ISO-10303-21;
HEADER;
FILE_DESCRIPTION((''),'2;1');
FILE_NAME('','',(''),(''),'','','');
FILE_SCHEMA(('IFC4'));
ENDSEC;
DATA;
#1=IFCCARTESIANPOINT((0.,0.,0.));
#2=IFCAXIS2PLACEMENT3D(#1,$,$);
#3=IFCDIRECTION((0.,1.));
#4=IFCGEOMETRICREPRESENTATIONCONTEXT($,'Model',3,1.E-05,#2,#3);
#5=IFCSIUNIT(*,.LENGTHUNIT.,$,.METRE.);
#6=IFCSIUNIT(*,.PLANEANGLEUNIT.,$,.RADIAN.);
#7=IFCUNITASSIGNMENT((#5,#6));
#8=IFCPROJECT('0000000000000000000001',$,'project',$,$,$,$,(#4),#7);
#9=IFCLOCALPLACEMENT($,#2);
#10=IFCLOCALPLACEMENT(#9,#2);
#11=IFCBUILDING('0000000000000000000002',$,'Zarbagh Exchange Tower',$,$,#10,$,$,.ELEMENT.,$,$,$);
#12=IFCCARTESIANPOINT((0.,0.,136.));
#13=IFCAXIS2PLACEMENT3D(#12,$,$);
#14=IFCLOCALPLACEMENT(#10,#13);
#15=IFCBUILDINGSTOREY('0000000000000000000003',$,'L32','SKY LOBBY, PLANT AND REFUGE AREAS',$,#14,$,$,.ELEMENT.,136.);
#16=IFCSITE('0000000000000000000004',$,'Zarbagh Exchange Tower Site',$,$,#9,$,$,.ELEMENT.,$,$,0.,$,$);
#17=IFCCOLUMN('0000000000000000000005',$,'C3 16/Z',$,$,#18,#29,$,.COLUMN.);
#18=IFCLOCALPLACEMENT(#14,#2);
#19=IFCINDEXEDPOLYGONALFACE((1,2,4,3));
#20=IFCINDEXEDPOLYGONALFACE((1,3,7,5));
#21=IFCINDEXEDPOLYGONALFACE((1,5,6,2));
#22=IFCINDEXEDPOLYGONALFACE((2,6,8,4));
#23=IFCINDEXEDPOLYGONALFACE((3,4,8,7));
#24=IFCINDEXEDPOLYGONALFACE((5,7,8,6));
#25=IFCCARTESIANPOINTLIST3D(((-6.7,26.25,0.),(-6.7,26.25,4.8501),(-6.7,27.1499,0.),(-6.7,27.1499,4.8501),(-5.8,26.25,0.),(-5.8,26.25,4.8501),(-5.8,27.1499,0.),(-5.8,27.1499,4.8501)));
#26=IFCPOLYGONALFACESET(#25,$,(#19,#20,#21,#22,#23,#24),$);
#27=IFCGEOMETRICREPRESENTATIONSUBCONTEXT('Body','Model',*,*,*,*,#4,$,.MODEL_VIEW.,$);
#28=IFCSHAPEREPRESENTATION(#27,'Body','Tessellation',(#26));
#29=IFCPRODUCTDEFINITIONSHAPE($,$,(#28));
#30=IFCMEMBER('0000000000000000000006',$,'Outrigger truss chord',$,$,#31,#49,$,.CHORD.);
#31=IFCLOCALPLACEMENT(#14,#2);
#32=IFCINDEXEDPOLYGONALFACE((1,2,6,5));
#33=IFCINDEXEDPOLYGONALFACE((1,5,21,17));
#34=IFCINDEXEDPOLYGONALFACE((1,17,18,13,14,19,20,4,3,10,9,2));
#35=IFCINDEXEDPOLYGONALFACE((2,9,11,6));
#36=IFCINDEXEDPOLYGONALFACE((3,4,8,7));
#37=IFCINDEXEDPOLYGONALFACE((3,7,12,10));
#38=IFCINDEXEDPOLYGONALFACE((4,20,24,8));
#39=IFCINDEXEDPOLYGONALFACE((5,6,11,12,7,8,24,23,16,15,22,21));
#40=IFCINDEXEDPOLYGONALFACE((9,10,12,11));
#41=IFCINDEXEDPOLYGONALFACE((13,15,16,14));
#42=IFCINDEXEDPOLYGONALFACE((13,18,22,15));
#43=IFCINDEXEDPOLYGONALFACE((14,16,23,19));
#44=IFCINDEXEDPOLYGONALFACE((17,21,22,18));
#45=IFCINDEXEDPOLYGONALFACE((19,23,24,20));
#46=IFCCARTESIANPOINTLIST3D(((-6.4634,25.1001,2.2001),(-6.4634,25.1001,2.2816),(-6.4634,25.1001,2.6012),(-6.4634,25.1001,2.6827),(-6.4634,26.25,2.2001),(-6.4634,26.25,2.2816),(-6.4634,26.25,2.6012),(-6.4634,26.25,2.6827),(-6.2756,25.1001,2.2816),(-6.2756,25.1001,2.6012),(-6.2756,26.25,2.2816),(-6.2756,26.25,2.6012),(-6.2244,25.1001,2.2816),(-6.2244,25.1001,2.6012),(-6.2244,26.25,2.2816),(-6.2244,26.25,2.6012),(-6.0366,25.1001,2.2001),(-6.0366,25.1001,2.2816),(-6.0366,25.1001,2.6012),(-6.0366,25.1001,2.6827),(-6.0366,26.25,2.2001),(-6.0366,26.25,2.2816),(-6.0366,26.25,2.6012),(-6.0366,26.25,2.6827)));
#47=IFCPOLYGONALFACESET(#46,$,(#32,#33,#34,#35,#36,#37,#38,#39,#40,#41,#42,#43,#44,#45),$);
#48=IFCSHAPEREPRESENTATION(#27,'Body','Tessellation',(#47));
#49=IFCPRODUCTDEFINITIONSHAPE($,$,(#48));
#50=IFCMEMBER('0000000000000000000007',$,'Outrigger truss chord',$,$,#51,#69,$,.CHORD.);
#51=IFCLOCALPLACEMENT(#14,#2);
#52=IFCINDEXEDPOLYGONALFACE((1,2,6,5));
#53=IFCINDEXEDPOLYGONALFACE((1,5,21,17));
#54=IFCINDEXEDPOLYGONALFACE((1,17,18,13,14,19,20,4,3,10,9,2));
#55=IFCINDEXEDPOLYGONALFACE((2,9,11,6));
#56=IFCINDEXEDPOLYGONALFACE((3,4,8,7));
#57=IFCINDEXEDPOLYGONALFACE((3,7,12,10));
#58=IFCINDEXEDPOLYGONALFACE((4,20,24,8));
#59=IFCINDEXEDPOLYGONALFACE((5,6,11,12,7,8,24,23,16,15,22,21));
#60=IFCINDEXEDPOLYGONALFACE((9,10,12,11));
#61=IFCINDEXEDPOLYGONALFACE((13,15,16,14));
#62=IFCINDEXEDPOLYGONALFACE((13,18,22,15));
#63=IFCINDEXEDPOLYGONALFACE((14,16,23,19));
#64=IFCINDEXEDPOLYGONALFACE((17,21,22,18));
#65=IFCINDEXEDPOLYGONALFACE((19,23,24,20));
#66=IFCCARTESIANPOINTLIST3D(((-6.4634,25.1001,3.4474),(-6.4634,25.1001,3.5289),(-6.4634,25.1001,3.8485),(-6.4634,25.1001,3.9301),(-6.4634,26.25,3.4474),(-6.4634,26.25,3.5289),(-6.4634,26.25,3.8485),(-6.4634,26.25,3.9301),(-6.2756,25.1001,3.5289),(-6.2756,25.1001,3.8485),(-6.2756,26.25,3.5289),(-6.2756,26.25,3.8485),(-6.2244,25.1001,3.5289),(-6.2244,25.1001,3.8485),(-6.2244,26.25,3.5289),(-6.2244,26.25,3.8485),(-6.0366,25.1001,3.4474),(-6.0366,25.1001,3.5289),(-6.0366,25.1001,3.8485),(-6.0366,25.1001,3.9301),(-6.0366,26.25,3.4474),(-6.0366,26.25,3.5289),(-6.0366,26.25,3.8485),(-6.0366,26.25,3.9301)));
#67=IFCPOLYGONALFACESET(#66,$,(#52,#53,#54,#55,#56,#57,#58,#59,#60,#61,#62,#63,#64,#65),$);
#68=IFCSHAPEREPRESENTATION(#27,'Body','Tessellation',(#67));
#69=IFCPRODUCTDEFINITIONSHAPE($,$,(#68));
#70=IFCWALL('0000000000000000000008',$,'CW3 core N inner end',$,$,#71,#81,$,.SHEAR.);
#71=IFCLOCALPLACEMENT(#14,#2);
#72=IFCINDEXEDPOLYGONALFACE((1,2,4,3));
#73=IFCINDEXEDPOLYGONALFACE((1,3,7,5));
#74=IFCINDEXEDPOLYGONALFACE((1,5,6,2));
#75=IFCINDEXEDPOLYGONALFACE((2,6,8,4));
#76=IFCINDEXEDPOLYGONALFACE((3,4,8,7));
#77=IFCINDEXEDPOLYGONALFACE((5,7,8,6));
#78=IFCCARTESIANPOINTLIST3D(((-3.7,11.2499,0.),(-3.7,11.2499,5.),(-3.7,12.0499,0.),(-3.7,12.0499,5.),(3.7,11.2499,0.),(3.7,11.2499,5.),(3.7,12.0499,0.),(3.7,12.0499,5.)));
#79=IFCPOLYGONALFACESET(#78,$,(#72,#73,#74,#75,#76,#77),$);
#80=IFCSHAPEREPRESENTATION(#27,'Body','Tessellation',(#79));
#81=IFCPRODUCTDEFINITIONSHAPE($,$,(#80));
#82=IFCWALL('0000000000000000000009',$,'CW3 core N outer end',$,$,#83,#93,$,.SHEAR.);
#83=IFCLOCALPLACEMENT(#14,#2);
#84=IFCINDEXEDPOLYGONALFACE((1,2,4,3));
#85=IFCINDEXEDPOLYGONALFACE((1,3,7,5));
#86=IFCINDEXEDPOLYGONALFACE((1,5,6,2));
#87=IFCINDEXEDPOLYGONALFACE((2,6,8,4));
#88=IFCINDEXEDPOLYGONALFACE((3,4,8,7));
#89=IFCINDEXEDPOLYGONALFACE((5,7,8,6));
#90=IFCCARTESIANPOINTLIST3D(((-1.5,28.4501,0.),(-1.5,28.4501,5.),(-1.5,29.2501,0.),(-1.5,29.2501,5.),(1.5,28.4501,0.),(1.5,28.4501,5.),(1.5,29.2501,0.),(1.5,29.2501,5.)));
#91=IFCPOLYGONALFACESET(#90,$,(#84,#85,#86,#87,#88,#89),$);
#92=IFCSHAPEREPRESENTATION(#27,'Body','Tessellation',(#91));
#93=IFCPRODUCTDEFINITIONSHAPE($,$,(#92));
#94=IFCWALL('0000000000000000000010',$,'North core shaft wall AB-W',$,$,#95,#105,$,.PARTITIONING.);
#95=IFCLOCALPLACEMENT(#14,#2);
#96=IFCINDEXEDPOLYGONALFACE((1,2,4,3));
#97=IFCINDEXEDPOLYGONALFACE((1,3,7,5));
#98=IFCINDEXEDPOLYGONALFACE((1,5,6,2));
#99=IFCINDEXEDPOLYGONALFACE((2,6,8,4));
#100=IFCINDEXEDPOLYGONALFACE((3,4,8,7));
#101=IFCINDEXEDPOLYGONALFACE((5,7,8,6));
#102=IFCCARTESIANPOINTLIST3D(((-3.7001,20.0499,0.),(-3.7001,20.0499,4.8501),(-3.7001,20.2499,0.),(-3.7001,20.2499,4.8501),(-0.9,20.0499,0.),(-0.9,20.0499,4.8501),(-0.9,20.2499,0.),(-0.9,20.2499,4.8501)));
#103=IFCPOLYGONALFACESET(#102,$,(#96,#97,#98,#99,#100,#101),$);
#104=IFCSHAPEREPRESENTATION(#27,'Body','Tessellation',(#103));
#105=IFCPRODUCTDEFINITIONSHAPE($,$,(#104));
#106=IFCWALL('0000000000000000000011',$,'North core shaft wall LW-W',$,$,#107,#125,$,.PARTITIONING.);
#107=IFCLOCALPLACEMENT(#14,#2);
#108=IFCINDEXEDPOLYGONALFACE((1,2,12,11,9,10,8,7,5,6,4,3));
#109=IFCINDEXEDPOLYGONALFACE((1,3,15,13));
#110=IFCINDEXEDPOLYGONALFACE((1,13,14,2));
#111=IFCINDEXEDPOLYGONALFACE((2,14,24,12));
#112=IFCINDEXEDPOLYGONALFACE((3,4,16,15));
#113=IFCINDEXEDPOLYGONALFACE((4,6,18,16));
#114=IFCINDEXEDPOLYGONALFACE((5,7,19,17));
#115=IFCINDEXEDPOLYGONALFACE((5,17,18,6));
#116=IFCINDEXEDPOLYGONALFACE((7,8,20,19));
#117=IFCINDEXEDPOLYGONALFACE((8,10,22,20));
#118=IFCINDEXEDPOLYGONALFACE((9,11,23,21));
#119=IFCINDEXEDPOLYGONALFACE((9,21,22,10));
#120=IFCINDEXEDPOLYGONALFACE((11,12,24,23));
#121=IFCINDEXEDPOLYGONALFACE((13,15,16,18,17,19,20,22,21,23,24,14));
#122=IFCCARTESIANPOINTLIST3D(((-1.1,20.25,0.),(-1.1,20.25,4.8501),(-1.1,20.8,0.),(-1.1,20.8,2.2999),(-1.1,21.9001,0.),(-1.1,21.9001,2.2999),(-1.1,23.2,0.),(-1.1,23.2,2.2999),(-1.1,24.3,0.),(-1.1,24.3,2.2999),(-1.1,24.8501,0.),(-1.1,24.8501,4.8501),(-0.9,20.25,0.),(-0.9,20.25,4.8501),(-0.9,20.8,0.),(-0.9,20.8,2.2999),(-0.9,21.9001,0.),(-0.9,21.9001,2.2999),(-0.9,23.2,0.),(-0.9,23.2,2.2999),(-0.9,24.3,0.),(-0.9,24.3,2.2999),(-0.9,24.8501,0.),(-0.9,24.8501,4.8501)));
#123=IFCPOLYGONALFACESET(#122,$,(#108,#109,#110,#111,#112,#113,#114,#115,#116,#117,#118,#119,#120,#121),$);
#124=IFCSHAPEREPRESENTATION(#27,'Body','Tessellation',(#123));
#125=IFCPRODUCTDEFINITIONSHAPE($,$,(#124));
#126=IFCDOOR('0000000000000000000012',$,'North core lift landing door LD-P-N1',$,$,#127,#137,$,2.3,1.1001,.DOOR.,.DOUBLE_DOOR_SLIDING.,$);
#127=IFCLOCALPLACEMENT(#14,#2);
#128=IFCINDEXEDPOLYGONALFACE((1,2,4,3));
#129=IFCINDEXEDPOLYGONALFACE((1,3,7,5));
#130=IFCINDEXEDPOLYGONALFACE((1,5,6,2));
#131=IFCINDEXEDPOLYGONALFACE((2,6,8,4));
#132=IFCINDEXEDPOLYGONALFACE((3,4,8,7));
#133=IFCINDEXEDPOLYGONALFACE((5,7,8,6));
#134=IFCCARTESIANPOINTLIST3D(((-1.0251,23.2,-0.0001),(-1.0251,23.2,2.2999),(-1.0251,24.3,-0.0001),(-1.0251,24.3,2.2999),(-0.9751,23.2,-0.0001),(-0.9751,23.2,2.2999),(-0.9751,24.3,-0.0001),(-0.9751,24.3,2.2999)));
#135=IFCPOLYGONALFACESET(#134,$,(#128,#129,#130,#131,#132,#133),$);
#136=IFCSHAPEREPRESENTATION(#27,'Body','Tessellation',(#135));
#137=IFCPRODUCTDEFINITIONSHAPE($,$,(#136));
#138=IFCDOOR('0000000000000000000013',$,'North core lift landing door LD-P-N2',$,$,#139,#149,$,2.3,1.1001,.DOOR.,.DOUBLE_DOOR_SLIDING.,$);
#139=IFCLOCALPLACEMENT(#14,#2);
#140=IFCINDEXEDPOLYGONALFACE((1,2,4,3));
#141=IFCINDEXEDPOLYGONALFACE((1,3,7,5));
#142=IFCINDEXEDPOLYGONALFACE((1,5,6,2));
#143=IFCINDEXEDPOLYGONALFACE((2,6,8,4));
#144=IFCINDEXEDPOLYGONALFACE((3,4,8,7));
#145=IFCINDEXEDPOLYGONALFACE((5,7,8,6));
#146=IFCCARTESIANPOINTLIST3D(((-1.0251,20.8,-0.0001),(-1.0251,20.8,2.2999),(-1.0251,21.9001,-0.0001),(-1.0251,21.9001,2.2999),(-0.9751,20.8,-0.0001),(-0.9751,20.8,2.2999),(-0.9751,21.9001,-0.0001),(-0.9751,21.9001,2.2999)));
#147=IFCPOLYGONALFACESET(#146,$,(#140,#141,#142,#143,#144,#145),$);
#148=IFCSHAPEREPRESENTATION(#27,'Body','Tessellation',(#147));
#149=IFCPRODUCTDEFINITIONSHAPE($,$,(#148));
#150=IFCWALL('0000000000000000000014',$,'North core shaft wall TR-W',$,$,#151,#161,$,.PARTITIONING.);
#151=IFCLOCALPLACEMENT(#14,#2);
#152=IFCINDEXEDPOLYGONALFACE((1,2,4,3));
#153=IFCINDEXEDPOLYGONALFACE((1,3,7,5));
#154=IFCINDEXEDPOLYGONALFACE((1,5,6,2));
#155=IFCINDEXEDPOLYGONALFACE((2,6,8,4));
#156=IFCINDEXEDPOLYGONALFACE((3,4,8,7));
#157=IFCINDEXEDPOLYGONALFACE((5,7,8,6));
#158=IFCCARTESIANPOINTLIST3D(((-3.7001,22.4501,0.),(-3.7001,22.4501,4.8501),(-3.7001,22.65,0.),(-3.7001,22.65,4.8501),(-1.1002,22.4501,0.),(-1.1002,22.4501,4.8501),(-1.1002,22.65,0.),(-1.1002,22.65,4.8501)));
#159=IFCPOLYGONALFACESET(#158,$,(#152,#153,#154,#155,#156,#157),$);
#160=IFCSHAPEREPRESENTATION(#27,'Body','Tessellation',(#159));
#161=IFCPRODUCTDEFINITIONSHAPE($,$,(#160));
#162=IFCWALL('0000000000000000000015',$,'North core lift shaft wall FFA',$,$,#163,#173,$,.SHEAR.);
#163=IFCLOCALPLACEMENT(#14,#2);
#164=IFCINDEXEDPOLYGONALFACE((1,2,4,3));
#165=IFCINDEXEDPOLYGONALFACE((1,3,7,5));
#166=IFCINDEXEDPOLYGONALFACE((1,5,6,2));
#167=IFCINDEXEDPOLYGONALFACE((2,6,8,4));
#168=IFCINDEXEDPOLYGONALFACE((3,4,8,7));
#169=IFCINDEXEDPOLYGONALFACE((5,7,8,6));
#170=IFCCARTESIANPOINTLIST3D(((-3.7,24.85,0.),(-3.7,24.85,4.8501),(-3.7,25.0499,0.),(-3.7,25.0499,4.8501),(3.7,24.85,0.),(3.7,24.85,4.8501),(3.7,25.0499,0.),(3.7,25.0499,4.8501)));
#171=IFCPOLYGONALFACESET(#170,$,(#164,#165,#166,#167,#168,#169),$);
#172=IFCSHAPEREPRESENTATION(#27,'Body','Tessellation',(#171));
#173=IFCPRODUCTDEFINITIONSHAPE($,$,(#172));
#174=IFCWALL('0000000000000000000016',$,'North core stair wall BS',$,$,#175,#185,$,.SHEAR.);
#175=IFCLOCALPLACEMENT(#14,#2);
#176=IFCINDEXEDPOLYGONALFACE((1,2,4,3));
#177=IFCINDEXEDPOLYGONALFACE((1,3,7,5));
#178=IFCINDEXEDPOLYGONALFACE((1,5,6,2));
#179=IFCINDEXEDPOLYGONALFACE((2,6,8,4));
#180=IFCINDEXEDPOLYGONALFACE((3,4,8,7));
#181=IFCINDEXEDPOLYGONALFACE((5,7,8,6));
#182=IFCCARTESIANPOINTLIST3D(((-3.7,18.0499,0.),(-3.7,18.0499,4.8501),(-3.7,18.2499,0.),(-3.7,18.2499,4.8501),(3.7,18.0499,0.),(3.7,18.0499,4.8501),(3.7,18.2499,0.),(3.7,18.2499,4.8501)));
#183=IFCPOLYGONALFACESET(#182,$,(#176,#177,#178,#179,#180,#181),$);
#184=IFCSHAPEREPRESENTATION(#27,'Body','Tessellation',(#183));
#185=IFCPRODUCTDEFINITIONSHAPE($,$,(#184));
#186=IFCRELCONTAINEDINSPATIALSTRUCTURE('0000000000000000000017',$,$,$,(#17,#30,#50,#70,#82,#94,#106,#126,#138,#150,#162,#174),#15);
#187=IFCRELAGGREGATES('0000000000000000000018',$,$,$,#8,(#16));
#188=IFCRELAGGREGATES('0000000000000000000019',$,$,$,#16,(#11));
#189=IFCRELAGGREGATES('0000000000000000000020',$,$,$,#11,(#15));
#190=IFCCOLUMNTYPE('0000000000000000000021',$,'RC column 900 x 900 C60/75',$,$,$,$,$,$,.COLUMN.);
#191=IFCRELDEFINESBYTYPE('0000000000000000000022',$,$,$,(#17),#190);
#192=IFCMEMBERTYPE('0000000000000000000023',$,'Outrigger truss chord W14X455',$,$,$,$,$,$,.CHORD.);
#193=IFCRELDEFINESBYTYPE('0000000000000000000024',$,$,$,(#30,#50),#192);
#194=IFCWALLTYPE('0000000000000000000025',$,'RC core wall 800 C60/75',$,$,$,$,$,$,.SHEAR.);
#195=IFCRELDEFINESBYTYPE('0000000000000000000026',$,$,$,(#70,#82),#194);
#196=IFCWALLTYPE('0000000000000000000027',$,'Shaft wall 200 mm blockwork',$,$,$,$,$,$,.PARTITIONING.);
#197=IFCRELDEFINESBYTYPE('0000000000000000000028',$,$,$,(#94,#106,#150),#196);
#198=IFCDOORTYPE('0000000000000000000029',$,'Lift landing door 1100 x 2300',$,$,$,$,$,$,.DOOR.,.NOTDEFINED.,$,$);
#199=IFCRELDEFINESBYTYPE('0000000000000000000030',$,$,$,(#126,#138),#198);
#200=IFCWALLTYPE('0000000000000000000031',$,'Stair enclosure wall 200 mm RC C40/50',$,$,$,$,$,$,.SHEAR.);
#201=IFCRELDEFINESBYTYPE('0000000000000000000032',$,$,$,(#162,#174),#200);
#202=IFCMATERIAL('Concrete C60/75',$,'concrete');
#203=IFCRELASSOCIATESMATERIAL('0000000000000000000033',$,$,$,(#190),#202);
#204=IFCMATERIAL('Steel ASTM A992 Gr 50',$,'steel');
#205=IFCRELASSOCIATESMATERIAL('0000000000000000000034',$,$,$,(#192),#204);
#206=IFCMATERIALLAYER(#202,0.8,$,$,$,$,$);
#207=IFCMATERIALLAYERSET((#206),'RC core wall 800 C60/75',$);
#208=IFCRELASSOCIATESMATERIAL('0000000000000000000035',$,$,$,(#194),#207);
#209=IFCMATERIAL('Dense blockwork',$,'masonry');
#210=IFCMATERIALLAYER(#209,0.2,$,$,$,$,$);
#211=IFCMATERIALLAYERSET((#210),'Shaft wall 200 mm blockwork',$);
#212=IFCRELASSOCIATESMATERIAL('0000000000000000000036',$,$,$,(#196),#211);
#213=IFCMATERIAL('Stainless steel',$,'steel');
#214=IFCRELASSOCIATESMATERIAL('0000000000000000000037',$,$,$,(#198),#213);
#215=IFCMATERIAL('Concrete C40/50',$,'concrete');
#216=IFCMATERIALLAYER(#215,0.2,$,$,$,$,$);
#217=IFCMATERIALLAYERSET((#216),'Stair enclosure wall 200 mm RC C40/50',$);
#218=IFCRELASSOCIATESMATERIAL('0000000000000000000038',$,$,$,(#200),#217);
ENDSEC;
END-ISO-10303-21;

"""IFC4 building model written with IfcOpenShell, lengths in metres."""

from ifc_helpers import new_model, si_unit, direction, frame, frame_2d, origin, origin_2d, place, context, subcontext, project, spatial, rectangle, i_section, extrude, material, layer, layer_set, material_profile, profile_set, type_object, element, fill, save


model = new_model("IFC4")

# Units and contexts
model_context = context("Model", 3, precision=1e-05, world=origin(), true_north=direction((0.0, 1.0)))
body_context = subcontext(model_context, "Body", "Model", "MODEL_VIEW")
ifc_project = project(units=[si_unit("LENGTHUNIT", "METRE"), si_unit("PLANEANGLEUNIT", "RADIAN")], contexts=[model_context])

# Site, building, storey
site_placement = place(None, origin())
site = spatial("IfcSite", under=ifc_project, at=site_placement, Name="Zarbagh Exchange Tower Site", CompositionType="ELEMENT", RefElevation=0.0)
building_placement = place(site_placement, origin())
building = spatial("IfcBuilding", under=site, at=building_placement, Name="Zarbagh Exchange Tower", CompositionType="ELEMENT")
storey_placement = place(building_placement, frame((0.0, 0.0, 136.0)))
storey = spatial("IfcBuildingStorey", under=building, at=storey_placement, Name="L32", Description="SKY LOBBY, PLANT AND REFUGE AREAS", CompositionType="ELEMENT", Elevation=136.0)

# Column
ifc_material_1 = material(Name="Concrete C60/75", Category="concrete")
ifc_material_profile_1 = material_profile(ifc_material_1, rectangle(XDim=0.8999, YDim=0.8999, at=origin_2d()), Name="RC column 900 x 900 C60/75")
ifc_profile_set_1 = profile_set([ifc_material_profile_1], Name="Concrete C60/75")
column_type = type_object("IfcColumnType", Name="RC column 900 x 900 C60/75", PredefinedType="COLUMN", material=ifc_profile_set_1)
column_placement = place(storey_placement, frame((-6.25, 26.7, 0.0), z_axis=(0.0, 0.0, 1.0), x_axis=(1.0, 0.0, 0.0)))
element("IfcColumn", 1, at=column_placement, inside=storey, type_object=column_type, Name="C3 16/Z", PredefinedType="COLUMN", context=body_context, shape_type="SweptSolid", body=[
    extrude(rectangle(XDim=0.8999, YDim=0.8999, at=origin_2d()), origin(), (0.0, 0.0, 1.0), 4.8501),
])

# Members
ifc_material_2 = material(Name="Steel ASTM A992 Gr 50", Category="steel")
ifc_material_profile_2 = material_profile(ifc_material_2, i_section(OverallWidth=0.4268, OverallDepth=0.4827, WebThickness=0.0513, FlangeThickness=0.0815, at=origin_2d()), Name="W14X455")
ifc_profile_set_2 = profile_set([ifc_material_profile_2], Name="Steel ASTM A992 Gr 50")
member_type = type_object("IfcMemberType", Name="Outrigger truss chord W14X455", PredefinedType="CHORD", material=ifc_profile_set_2)
for number, where, z_axis, x_axis, name in (
    (2, (-6.25, 25.1001, 2.4414), (0.0, 1.0, 0.0), (-1.0, 0.0, 0.0), "Outrigger truss chord"),
    (3, (-6.25, 25.1001, 3.6887), (0.0, 1.0, 0.0), (-1.0, 0.0, 0.0), "Outrigger truss chord"),
):
    element("IfcMember", number, at=place(storey_placement, frame(where, z_axis=z_axis, x_axis=x_axis)), inside=storey, type_object=member_type, Name=name, PredefinedType="CHORD", context=body_context, shape_type="SweptSolid", body=[
        extrude(i_section(OverallWidth=0.4268, OverallDepth=0.4827, WebThickness=0.0513, FlangeThickness=0.0815, at=origin_2d()), origin(), (0.0, 0.0, 1.0), 1.1499),
    ])

# Walls
ifc_layer_1 = layer(ifc_material_1, 0.8)
ifc_layer_set_1 = layer_set([ifc_layer_1], Name="RC core wall 800 C60/75")
wall_type_1 = type_object("IfcWallType", Name="RC core wall 800 C60/75", PredefinedType="SHEAR", material=ifc_layer_set_1)
wall_1_placement = place(storey_placement, frame((-3.7, 11.6499, 0.0), z_axis=(0.0, 0.0, 1.0), x_axis=(1.0, 0.0, 0.0)))
element("IfcWall", 4, at=wall_1_placement, inside=storey, type_object=wall_type_1, Name="CW3 core N inner end", PredefinedType="SHEAR", context=body_context, shape_type="SweptSolid", body=[
    extrude(rectangle(XDim=7.3999, YDim=0.8, at=frame_2d((3.7, 0.0))), origin(), (0.0, 0.0, 1.0), 5.0),
])
wall_2_placement = place(storey_placement, frame((-1.5, 28.8501, 0.0), z_axis=(0.0, 0.0, 1.0), x_axis=(1.0, 0.0, 0.0)))
element("IfcWall", 5, at=wall_2_placement, inside=storey, type_object=wall_type_1, Name="CW3 core N outer end", PredefinedType="SHEAR", context=body_context, shape_type="SweptSolid", body=[
    extrude(rectangle(XDim=3.0, YDim=0.8, at=frame_2d((1.5, 0.0))), origin(), (0.0, 0.0, 1.0), 5.0),
])
ifc_material_3 = material(Name="Dense blockwork", Category="masonry")
ifc_layer_2 = layer(ifc_material_3, 0.2)
ifc_layer_set_2 = layer_set([ifc_layer_2], Name="Shaft wall 200 mm blockwork")
wall_type_2 = type_object("IfcWallType", Name="Shaft wall 200 mm blockwork", PredefinedType="PARTITIONING", material=ifc_layer_set_2)
wall_3_placement = place(storey_placement, frame((-3.7, 20.1499, 0.0), z_axis=(0.0, 0.0, 1.0), x_axis=(1.0, 0.0, 0.0)))
element("IfcWall", 6, at=wall_3_placement, inside=storey, type_object=wall_type_2, Name="North core shaft wall AB-W", PredefinedType="PARTITIONING", context=body_context, shape_type="SweptSolid", body=[
    extrude(rectangle(XDim=2.8, YDim=0.2, at=frame_2d((1.3999, 0.0))), origin(), (0.0, 0.0, 1.0), 4.8501),
])

# Wall, openings, doors
wall_4_placement = place(storey_placement, frame((-1.0, 24.8501, 0.0), z_axis=(0.0, 0.0, 1.0), x_axis=(0.0, -1.0, 0.0)))
wall_4 = element("IfcWall", 7, at=wall_4_placement, inside=storey, type_object=wall_type_2, Name="North core shaft wall LW-W", PredefinedType="PARTITIONING", context=body_context, shape_type="SweptSolid", body=[
    extrude(rectangle(XDim=4.6001, YDim=0.2, at=frame_2d((2.3, 0.0))), origin(), (0.0, 0.0, 1.0), 4.8501),
])
opening_1_placement = place(wall_4_placement, frame((0.55, 0.0, 0.0)))
opening_1 = element("IfcOpeningElement", 8, at=opening_1_placement, cuts=wall_4, PredefinedType="OPENING", context=body_context, shape_type="SweptSolid", body=[
    extrude(rectangle(XDim=1.1001, YDim=2.3, at=frame_2d((0.55, 1.1499))), frame((0.0, 0.1099, 0.0), z_axis=(0.0, -1.0, 0.0), x_axis=(1.0, 0.0, 0.0)), (0.0, 0.0, 1.0), 0.22),
])
opening_2_placement = place(wall_4_placement, frame((2.95, 0.0, 0.0)))
opening_2 = element("IfcOpeningElement", 9, at=opening_2_placement, cuts=wall_4, PredefinedType="OPENING", context=body_context, shape_type="SweptSolid", body=[
    extrude(rectangle(XDim=1.1001, YDim=2.3, at=frame_2d((0.55, 1.1499))), frame((0.0, 0.1099, 0.0), z_axis=(0.0, -1.0, 0.0), x_axis=(1.0, 0.0, 0.0)), (0.0, 0.0, 1.0), 0.22),
])
ifc_material_4 = material(Name="Stainless steel", Category="steel")
door_type = type_object("IfcDoorType", Name="Lift landing door 1100 x 2300", OperationType="NOTDEFINED", PredefinedType="DOOR", material=ifc_material_4)
door_1_placement = place(opening_1_placement, origin())
door_1 = element("IfcDoor", 10, at=door_1_placement, inside=storey, type_object=door_type, Name="North core lift landing door LD-P-N1", OperationType="DOUBLE_DOOR_SLIDING", OverallHeight=2.3, OverallWidth=1.1001, PredefinedType="DOOR", context=body_context, shape_type="SweptSolid", body=[
    extrude(rectangle(XDim=1.1001, YDim=2.3, at=frame_2d((0.55, 1.1499))), frame((0.0, 0.0249, 0.0), z_axis=(0.0, -1.0, 0.0), x_axis=(1.0, 0.0, 0.0)), (0.0, 0.0, 1.0), 0.05),
])
fill(opening_1, door_1)
door_2_placement = place(opening_2_placement, origin())
door_2 = element("IfcDoor", 11, at=door_2_placement, inside=storey, type_object=door_type, Name="North core lift landing door LD-P-N2", OperationType="DOUBLE_DOOR_SLIDING", OverallHeight=2.3, OverallWidth=1.1001, PredefinedType="DOOR", context=body_context, shape_type="SweptSolid", body=[
    extrude(rectangle(XDim=1.1001, YDim=2.3, at=frame_2d((0.55, 1.1499))), frame((0.0, 0.0249, 0.0), z_axis=(0.0, -1.0, 0.0), x_axis=(1.0, 0.0, 0.0)), (0.0, 0.0, 1.0), 0.05),
])
fill(opening_2, door_2)

# Walls
wall_5_placement = place(storey_placement, frame((-3.7, 22.55, 0.0), z_axis=(0.0, 0.0, 1.0), x_axis=(1.0, 0.0, 0.0)))
element("IfcWall", 12, at=wall_5_placement, inside=storey, type_object=wall_type_2, Name="North core shaft wall TR-W", PredefinedType="PARTITIONING", context=body_context, shape_type="SweptSolid", body=[
    extrude(rectangle(XDim=2.5999, YDim=0.2, at=frame_2d((1.2998, 0.0))), origin(), (0.0, 0.0, 1.0), 4.8501),
])
ifc_material_5 = material(Name="Concrete C40/50", Category="concrete")
ifc_layer_3 = layer(ifc_material_5, 0.2)
ifc_layer_set_3 = layer_set([ifc_layer_3], Name="Stair enclosure wall 200 mm RC C40/50")
wall_type_3 = type_object("IfcWallType", Name="Stair enclosure wall 200 mm RC C40/50", PredefinedType="SHEAR", material=ifc_layer_set_3)
for number, where, z_axis, x_axis, name in (
    (13, (-3.7, 24.95, 0.0), (0.0, 0.0, 1.0), (1.0, 0.0, 0.0), "North core lift shaft wall FFA"),
    (14, (-3.7, 18.1499, 0.0), (0.0, 0.0, 1.0), (1.0, 0.0, 0.0), "North core stair wall BS"),
):
    element("IfcWall", number, at=place(storey_placement, frame(where, z_axis=z_axis, x_axis=x_axis)), inside=storey, type_object=wall_type_3, Name=name, PredefinedType="SHEAR", context=body_context, shape_type="SweptSolid", body=[
        extrude(rectangle(XDim=7.3999, YDim=0.2, at=frame_2d((3.7, 0.0))), origin(), (0.0, 0.0, 1.0), 4.8501),
    ])

save(model, "model.ifc")
